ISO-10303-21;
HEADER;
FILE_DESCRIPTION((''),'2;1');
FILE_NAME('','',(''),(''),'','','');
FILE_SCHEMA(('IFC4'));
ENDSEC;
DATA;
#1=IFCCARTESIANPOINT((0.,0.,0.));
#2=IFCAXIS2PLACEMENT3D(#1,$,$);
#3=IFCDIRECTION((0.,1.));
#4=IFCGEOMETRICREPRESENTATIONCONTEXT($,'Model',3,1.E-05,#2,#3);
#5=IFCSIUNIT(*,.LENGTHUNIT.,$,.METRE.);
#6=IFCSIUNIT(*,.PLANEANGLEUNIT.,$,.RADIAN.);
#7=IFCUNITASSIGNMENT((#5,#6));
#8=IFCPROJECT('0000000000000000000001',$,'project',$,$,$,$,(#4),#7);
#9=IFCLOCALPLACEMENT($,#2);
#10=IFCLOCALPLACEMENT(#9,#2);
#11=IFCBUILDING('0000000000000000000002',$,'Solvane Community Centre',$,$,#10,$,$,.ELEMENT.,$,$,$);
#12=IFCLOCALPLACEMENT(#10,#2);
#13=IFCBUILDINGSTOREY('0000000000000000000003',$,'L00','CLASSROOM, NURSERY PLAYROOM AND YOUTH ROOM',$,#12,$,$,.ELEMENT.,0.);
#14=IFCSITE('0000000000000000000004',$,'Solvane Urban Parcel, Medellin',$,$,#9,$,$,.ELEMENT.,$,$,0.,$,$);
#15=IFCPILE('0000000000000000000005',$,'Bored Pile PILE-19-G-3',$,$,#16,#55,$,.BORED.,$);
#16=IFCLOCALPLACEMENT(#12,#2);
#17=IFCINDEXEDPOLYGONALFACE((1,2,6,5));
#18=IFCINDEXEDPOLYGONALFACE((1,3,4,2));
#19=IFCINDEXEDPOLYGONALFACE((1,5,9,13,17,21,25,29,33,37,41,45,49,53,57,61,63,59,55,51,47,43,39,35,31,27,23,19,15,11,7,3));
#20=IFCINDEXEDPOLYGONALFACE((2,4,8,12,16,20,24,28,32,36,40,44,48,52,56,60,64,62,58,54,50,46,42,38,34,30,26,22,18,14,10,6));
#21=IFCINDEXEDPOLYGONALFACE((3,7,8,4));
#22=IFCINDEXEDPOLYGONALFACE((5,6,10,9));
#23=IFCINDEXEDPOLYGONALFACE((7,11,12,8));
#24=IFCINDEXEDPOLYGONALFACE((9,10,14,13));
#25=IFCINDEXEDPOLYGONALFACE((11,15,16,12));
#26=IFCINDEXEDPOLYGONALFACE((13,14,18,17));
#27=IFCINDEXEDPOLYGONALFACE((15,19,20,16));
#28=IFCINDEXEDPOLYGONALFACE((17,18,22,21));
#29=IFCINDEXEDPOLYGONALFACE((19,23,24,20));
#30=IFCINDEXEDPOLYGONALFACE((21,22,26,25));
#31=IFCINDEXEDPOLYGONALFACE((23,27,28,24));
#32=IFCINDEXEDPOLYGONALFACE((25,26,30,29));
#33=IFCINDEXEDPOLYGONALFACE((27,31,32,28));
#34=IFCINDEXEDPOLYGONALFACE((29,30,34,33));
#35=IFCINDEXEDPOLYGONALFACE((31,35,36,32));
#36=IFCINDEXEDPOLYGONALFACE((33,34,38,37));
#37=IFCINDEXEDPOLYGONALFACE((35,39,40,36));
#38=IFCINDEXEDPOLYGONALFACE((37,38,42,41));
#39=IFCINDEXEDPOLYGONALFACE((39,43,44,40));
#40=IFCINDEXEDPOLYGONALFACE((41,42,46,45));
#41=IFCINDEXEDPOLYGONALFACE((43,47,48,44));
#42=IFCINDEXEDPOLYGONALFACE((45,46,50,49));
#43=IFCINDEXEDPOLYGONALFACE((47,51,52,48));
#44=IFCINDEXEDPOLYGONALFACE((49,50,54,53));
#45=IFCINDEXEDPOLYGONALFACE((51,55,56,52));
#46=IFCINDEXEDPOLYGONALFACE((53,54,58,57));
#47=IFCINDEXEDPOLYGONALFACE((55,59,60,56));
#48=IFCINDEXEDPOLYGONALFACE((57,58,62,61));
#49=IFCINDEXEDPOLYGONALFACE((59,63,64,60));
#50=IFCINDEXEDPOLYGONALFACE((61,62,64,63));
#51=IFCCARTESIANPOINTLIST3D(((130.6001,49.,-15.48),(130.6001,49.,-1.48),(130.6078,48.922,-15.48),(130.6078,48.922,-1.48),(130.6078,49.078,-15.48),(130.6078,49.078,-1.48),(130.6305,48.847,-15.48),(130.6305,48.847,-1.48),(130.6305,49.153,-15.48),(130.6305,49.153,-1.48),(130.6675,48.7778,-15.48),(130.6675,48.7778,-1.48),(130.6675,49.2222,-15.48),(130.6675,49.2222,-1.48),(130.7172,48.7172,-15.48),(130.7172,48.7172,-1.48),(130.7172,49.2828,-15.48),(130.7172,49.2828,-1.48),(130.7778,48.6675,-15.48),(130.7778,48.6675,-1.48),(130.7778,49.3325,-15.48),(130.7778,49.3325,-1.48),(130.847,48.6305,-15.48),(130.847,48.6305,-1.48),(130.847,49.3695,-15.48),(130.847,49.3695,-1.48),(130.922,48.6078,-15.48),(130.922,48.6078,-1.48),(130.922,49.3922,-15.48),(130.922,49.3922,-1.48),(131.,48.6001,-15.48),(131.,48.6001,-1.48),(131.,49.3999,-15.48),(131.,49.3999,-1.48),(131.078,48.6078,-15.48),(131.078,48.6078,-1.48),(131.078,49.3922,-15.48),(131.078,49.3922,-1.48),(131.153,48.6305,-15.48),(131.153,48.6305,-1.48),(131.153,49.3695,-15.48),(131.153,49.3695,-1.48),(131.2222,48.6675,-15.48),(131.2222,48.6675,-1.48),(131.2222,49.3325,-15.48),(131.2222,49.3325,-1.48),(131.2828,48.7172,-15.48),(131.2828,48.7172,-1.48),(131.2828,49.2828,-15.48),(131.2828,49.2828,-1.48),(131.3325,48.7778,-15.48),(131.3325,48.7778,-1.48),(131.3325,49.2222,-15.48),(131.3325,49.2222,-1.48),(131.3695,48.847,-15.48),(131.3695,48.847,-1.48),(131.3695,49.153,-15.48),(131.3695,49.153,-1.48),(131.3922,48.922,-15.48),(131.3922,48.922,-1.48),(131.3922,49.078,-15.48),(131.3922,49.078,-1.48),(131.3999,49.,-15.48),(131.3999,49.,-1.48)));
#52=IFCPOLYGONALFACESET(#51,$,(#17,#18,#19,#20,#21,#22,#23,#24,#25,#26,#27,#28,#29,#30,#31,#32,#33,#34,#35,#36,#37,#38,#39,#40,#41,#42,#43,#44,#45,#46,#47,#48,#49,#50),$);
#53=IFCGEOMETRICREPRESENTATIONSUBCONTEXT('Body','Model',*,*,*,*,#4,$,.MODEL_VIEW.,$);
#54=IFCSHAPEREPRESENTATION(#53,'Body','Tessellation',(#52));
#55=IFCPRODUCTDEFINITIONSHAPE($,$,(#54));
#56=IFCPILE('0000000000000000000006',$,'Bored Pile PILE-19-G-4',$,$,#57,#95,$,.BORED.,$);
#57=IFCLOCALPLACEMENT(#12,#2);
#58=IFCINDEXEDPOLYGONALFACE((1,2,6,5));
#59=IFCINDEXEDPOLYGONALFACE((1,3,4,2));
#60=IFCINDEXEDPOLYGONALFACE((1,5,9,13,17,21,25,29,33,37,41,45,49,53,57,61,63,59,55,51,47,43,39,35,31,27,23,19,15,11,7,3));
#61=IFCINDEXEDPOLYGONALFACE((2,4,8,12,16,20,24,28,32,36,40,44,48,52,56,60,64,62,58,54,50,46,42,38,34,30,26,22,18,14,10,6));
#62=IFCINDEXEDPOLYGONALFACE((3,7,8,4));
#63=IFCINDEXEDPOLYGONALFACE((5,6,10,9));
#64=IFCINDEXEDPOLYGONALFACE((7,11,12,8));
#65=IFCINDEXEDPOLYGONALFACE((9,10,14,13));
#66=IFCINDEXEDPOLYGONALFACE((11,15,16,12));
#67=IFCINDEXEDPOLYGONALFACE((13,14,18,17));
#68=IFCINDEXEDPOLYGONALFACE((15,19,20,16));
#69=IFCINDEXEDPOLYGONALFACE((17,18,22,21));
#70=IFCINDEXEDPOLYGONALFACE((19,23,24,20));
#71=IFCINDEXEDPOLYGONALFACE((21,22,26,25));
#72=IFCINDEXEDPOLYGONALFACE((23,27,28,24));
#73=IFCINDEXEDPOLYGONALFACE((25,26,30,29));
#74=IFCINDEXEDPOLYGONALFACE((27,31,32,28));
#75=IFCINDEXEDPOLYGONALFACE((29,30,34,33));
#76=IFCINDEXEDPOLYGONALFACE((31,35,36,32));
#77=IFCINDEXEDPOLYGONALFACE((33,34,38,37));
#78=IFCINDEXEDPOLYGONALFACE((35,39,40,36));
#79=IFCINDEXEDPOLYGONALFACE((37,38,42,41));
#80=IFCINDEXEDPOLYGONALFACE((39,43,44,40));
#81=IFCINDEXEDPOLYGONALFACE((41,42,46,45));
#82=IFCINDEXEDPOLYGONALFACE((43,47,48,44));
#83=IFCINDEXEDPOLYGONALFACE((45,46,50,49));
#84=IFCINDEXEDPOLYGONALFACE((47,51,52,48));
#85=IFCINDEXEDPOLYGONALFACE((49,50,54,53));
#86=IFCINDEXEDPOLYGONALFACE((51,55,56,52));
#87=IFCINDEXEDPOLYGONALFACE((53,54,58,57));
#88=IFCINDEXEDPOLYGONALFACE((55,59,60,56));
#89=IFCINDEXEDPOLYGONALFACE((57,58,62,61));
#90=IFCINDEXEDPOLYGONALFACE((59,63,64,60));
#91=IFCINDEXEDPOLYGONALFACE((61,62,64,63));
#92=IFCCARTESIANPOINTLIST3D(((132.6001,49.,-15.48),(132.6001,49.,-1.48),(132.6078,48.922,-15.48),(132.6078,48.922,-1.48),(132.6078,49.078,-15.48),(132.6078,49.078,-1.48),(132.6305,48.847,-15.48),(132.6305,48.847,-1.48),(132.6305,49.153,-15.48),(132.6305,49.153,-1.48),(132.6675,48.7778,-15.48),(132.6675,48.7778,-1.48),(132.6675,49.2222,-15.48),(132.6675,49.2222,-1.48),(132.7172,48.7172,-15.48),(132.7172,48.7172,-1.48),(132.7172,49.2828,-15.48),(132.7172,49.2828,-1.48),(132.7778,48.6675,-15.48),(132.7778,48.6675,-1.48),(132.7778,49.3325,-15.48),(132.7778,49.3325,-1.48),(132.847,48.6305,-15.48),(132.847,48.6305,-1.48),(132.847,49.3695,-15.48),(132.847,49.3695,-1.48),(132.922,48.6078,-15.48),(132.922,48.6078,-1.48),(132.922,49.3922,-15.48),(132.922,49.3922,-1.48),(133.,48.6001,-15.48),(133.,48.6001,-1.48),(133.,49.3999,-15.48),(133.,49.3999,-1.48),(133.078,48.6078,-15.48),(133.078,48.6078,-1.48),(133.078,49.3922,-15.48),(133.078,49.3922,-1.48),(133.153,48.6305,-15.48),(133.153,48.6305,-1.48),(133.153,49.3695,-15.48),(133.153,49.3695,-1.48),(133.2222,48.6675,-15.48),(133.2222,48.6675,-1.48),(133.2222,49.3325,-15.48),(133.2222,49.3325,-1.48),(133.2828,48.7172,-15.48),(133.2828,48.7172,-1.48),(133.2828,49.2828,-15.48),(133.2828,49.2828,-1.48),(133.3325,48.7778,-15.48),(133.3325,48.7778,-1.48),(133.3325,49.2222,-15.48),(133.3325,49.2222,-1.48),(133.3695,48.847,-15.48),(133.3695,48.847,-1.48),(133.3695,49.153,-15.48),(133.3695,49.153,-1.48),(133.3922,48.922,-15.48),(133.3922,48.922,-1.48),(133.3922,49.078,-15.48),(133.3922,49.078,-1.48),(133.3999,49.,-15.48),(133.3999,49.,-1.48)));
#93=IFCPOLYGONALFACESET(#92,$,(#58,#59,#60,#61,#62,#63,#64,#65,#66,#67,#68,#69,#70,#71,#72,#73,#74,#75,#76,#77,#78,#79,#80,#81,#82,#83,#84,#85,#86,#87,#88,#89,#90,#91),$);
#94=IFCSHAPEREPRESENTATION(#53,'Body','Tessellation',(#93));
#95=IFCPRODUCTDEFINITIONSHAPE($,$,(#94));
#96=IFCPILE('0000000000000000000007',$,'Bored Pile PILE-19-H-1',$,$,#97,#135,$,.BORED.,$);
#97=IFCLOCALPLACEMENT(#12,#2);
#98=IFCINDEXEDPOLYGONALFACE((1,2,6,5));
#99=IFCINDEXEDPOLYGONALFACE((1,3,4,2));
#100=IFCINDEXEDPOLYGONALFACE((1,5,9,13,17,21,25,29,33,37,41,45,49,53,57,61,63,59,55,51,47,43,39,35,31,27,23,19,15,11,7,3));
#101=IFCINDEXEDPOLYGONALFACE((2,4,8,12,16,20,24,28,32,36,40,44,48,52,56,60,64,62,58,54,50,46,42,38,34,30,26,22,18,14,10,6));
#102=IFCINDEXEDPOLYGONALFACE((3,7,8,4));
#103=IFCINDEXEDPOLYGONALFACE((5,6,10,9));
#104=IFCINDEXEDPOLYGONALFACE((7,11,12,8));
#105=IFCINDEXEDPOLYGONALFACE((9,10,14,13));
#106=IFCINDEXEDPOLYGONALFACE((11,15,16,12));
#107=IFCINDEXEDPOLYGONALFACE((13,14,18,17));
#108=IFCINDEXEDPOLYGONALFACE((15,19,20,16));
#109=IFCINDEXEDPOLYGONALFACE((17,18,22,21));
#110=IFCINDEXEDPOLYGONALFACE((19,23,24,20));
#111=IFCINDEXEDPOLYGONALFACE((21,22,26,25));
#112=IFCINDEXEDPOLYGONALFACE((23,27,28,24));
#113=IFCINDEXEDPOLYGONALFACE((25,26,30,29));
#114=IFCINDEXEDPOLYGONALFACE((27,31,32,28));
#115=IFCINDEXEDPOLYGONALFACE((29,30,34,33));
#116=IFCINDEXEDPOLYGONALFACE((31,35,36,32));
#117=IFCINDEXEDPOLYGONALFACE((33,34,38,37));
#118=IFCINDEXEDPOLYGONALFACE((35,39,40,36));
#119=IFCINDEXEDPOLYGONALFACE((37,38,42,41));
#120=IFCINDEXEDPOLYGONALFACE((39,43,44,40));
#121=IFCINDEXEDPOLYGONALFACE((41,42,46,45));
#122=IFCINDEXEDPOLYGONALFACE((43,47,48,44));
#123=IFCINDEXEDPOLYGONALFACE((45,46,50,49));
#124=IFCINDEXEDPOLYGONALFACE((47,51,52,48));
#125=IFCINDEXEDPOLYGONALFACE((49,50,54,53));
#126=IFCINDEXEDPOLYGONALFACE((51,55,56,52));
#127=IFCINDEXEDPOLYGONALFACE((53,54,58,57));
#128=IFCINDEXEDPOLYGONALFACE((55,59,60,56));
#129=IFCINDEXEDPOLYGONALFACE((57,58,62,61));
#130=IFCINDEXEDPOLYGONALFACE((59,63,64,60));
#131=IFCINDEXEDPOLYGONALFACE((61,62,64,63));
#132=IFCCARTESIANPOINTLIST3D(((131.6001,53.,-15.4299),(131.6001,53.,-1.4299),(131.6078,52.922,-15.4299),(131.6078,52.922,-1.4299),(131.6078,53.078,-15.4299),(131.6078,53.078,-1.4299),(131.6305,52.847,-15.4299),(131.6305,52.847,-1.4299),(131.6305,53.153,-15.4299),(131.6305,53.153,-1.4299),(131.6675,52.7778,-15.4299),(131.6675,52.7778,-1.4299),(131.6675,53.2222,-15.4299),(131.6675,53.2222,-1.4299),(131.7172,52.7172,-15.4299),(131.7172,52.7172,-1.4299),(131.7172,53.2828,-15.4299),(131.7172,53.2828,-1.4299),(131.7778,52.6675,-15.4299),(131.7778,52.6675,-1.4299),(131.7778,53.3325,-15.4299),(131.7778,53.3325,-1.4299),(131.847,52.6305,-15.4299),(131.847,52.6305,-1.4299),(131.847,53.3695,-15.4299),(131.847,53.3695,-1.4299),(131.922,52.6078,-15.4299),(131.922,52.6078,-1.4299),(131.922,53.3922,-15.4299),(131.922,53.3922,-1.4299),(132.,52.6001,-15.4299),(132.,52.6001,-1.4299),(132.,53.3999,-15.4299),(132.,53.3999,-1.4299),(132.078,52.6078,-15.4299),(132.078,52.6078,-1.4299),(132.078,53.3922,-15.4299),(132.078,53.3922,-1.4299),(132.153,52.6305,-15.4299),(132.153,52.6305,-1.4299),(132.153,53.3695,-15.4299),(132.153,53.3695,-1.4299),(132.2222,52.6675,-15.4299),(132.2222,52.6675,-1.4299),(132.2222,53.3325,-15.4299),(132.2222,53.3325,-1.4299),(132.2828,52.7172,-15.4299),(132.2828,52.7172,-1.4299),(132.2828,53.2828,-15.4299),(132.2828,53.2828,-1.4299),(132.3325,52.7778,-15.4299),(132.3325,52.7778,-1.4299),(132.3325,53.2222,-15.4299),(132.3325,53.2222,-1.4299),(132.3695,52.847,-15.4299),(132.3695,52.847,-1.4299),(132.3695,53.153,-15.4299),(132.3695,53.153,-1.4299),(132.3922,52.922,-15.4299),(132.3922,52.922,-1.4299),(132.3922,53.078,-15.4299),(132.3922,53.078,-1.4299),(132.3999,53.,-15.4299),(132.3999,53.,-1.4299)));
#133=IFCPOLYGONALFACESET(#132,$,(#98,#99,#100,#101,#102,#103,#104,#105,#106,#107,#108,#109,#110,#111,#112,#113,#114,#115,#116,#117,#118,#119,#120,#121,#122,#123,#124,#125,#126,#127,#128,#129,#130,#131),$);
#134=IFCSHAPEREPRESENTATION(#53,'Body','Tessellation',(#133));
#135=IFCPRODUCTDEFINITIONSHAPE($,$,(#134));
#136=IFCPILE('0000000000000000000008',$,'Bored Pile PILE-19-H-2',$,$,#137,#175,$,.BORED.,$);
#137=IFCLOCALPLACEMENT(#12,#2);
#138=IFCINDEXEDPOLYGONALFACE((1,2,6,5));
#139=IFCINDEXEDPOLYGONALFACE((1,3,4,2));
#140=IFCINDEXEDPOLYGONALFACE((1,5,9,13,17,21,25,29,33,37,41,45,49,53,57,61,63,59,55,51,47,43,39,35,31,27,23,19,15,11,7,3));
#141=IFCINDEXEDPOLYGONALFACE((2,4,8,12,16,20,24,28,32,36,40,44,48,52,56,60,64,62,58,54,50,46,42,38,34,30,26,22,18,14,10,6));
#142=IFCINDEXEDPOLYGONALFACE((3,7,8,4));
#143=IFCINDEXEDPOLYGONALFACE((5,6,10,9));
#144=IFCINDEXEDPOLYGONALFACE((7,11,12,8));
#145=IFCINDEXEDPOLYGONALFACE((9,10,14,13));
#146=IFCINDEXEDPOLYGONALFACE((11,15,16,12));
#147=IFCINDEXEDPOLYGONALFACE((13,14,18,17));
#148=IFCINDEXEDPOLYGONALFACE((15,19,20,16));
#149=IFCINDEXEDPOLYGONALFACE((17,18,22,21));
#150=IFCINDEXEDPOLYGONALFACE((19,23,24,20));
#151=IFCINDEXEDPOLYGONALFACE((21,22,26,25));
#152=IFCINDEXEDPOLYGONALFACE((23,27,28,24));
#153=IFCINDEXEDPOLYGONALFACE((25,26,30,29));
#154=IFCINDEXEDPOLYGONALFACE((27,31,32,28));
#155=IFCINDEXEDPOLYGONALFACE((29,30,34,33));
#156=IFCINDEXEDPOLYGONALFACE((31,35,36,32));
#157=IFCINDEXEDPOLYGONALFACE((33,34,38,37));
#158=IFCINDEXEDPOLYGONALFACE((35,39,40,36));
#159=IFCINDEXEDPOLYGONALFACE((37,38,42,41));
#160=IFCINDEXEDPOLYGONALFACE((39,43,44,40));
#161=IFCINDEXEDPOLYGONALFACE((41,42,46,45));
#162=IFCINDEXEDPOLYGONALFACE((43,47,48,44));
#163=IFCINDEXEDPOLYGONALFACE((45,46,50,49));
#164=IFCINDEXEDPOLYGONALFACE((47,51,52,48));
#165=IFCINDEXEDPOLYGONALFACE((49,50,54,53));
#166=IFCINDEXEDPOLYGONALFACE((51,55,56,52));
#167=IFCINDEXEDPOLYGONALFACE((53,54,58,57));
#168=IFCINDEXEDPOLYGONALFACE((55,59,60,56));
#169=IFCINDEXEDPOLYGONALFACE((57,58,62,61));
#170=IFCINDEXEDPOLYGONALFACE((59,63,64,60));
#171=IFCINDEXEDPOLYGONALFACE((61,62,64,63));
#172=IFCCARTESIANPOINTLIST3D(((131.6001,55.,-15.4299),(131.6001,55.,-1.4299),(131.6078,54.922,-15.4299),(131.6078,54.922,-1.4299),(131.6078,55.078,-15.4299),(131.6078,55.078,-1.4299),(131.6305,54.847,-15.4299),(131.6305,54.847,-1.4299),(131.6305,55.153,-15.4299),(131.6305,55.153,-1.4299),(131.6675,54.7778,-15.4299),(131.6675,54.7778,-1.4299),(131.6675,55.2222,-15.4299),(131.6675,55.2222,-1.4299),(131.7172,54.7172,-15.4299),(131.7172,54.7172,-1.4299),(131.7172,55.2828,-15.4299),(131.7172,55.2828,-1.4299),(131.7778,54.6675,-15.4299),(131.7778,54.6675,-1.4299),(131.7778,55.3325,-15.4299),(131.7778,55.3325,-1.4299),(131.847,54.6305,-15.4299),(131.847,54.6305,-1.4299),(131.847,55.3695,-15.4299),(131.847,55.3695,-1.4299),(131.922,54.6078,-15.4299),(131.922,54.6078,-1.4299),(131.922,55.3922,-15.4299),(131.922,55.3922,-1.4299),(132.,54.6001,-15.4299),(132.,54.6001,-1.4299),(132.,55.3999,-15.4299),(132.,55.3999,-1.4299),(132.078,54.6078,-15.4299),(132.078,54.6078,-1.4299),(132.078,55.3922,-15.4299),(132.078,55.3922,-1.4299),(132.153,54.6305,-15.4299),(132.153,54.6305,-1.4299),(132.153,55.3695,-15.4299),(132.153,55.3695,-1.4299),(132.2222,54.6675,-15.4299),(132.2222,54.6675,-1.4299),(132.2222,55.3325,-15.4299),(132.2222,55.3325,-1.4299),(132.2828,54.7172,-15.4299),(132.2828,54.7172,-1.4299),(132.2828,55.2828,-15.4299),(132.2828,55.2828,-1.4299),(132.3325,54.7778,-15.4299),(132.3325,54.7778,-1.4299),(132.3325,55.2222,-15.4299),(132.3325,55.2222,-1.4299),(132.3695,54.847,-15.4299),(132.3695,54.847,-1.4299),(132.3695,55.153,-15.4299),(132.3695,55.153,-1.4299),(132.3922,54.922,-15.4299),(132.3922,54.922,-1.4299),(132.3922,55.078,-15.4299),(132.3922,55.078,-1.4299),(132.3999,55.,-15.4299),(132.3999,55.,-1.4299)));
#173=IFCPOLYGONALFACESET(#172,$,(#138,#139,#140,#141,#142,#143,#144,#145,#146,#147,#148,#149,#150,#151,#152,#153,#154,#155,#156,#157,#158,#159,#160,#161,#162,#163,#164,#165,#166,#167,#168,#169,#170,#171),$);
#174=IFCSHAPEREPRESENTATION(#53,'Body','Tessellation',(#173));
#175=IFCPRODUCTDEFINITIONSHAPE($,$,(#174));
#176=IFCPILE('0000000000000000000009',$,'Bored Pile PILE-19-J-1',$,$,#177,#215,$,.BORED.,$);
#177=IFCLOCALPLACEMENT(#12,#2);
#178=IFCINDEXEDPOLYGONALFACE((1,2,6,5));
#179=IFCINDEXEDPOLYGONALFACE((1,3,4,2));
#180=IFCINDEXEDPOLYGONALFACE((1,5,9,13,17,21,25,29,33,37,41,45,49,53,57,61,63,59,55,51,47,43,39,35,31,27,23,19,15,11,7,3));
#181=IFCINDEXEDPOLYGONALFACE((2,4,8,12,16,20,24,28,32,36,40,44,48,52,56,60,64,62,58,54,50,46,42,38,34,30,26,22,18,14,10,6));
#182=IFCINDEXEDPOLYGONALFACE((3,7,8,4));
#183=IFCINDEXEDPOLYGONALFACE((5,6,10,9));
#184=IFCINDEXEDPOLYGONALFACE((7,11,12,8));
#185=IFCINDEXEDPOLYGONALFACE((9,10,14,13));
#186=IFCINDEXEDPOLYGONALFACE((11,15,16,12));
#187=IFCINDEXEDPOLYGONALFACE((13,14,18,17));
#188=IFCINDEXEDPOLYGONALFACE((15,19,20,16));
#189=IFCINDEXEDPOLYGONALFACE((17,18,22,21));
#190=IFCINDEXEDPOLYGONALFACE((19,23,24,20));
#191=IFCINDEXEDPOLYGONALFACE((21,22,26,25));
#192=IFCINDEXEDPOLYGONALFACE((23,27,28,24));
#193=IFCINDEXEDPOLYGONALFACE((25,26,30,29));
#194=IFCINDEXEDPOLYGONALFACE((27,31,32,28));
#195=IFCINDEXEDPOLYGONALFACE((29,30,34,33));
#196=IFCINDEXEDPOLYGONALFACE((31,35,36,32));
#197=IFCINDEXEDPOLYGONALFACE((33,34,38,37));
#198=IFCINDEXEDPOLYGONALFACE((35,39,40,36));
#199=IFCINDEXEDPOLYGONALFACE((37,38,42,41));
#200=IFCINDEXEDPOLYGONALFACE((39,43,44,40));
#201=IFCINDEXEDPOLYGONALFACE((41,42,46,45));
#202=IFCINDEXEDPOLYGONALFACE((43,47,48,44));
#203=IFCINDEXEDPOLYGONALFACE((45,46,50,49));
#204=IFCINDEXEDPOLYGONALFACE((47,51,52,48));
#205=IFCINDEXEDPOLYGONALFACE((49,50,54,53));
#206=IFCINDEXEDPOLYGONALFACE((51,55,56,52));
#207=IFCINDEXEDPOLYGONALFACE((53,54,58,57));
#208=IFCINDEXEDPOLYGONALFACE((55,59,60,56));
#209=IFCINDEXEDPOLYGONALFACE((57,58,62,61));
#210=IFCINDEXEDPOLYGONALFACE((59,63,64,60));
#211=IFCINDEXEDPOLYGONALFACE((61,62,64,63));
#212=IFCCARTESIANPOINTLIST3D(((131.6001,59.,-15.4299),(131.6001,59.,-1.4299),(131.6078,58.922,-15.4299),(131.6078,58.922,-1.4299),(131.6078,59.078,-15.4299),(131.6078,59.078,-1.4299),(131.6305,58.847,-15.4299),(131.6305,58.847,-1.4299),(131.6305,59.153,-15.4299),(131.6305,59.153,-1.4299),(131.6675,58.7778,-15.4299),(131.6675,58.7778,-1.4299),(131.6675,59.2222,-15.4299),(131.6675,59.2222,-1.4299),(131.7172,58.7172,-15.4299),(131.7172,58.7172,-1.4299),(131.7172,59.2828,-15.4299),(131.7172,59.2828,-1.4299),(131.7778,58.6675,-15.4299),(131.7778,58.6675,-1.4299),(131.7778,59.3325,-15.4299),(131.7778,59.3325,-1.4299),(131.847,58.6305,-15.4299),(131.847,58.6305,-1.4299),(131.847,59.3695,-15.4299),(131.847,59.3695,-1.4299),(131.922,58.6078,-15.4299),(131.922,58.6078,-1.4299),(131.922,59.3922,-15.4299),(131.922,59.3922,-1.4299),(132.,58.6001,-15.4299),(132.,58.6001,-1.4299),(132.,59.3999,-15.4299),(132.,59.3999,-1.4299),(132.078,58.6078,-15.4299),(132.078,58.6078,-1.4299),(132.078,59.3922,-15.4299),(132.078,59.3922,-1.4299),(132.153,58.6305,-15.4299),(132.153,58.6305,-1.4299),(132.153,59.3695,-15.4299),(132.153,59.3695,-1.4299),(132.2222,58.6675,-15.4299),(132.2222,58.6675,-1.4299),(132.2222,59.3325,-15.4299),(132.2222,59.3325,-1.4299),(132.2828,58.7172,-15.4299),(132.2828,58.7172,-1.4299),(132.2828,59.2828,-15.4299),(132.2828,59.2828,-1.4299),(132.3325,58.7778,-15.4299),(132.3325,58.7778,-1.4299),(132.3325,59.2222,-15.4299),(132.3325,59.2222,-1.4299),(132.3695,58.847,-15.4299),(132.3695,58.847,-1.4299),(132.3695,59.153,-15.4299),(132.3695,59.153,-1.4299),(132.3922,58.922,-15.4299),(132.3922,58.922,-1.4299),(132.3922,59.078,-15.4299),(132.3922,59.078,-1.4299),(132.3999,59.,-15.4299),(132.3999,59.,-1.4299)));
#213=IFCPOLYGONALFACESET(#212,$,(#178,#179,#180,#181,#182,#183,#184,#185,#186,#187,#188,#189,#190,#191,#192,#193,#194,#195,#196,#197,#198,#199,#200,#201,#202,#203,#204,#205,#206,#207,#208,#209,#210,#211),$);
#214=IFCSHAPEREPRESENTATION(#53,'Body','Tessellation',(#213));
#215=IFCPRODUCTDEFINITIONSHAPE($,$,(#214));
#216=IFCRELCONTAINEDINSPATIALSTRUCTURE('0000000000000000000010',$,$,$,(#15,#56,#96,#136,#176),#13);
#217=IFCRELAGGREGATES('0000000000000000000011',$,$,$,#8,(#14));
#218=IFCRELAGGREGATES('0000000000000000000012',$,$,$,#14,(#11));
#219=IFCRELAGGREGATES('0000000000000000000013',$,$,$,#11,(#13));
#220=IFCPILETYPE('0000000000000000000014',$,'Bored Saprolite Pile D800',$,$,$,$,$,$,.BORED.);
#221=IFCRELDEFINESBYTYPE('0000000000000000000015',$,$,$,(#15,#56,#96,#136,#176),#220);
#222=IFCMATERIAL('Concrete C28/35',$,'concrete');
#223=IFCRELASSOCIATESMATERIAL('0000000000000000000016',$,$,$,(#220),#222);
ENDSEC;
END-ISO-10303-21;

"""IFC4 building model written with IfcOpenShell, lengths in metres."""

from ifc_helpers import new_model, si_unit, direction, frame, origin, origin_2d, place, context, subcontext, project, spatial, circle, extrude, material, material_profile, profile_set, type_object, element, save


model = new_model("IFC4")

# Units and contexts
model_context = context("Model", 3, precision=1e-05, world=origin(), true_north=direction((0.0, 1.0)))
body_context = subcontext(model_context, "Body", "Model", "MODEL_VIEW")
ifc_project = project(units=[si_unit("LENGTHUNIT", "METRE"), si_unit("PLANEANGLEUNIT", "RADIAN")], contexts=[model_context])

# Site, building, storey
site_placement = place(None, origin())
site = spatial("IfcSite", under=ifc_project, at=site_placement, Name="Solvane Urban Parcel, Medellin", CompositionType="ELEMENT", RefElevation=0.0)
building_placement = place(site_placement, origin())
building = spatial("IfcBuilding", under=site, at=building_placement, Name="Solvane Community Centre", CompositionType="ELEMENT")
storey_placement = place(building_placement, origin())
storey = spatial("IfcBuildingStorey", under=building, at=storey_placement, Name="L00", Description="CLASSROOM, NURSERY PLAYROOM AND YOUTH ROOM", CompositionType="ELEMENT", Elevation=0.0)

# Piles
ifc_material_1 = material(Name="Concrete C28/35", Category="concrete")
ifc_material_profile_1 = material_profile(ifc_material_1, circle(Radius=0.3999, at=origin_2d()), Name="PILE D800")
ifc_profile_set_1 = profile_set([ifc_material_profile_1], Name="Concrete C28/35")
pile_type = type_object("IfcPileType", Name="Bored Saprolite Pile D800", PredefinedType="BORED", material=ifc_profile_set_1)
for number, where, z_axis, x_axis, name in (
    (1, (131.0, 49.0, -1.48), (0.0, 0.0, -1.0), (1.0, 0.0, 0.0), "Bored Pile PILE-19-G-3"),
    (2, (133.0, 49.0, -1.48), (0.0, 0.0, -1.0), (1.0, 0.0, 0.0), "Bored Pile PILE-19-G-4"),
    (3, (132.0, 53.0, -1.4299), (0.0, 0.0, -1.0), (1.0, 0.0, 0.0), "Bored Pile PILE-19-H-1"),
    (4, (132.0, 55.0, -1.4299), (0.0, 0.0, -1.0), (1.0, 0.0, 0.0), "Bored Pile PILE-19-H-2"),
    (5, (132.0, 59.0, -1.4299), (0.0, 0.0, -1.0), (1.0, 0.0, 0.0), "Bored Pile PILE-19-J-1"),
):
    element("IfcPile", number, at=place(storey_placement, frame(where, z_axis=z_axis, x_axis=x_axis)), inside=storey, type_object=pile_type, Name=name, PredefinedType="BORED", context=body_context, shape_type="SweptSolid", body=[
        extrude(circle(Radius=0.3999, at=origin_2d()), origin(), (0.0, 0.0, 1.0), 14.0),
    ])

save(model, "model.ifc")
